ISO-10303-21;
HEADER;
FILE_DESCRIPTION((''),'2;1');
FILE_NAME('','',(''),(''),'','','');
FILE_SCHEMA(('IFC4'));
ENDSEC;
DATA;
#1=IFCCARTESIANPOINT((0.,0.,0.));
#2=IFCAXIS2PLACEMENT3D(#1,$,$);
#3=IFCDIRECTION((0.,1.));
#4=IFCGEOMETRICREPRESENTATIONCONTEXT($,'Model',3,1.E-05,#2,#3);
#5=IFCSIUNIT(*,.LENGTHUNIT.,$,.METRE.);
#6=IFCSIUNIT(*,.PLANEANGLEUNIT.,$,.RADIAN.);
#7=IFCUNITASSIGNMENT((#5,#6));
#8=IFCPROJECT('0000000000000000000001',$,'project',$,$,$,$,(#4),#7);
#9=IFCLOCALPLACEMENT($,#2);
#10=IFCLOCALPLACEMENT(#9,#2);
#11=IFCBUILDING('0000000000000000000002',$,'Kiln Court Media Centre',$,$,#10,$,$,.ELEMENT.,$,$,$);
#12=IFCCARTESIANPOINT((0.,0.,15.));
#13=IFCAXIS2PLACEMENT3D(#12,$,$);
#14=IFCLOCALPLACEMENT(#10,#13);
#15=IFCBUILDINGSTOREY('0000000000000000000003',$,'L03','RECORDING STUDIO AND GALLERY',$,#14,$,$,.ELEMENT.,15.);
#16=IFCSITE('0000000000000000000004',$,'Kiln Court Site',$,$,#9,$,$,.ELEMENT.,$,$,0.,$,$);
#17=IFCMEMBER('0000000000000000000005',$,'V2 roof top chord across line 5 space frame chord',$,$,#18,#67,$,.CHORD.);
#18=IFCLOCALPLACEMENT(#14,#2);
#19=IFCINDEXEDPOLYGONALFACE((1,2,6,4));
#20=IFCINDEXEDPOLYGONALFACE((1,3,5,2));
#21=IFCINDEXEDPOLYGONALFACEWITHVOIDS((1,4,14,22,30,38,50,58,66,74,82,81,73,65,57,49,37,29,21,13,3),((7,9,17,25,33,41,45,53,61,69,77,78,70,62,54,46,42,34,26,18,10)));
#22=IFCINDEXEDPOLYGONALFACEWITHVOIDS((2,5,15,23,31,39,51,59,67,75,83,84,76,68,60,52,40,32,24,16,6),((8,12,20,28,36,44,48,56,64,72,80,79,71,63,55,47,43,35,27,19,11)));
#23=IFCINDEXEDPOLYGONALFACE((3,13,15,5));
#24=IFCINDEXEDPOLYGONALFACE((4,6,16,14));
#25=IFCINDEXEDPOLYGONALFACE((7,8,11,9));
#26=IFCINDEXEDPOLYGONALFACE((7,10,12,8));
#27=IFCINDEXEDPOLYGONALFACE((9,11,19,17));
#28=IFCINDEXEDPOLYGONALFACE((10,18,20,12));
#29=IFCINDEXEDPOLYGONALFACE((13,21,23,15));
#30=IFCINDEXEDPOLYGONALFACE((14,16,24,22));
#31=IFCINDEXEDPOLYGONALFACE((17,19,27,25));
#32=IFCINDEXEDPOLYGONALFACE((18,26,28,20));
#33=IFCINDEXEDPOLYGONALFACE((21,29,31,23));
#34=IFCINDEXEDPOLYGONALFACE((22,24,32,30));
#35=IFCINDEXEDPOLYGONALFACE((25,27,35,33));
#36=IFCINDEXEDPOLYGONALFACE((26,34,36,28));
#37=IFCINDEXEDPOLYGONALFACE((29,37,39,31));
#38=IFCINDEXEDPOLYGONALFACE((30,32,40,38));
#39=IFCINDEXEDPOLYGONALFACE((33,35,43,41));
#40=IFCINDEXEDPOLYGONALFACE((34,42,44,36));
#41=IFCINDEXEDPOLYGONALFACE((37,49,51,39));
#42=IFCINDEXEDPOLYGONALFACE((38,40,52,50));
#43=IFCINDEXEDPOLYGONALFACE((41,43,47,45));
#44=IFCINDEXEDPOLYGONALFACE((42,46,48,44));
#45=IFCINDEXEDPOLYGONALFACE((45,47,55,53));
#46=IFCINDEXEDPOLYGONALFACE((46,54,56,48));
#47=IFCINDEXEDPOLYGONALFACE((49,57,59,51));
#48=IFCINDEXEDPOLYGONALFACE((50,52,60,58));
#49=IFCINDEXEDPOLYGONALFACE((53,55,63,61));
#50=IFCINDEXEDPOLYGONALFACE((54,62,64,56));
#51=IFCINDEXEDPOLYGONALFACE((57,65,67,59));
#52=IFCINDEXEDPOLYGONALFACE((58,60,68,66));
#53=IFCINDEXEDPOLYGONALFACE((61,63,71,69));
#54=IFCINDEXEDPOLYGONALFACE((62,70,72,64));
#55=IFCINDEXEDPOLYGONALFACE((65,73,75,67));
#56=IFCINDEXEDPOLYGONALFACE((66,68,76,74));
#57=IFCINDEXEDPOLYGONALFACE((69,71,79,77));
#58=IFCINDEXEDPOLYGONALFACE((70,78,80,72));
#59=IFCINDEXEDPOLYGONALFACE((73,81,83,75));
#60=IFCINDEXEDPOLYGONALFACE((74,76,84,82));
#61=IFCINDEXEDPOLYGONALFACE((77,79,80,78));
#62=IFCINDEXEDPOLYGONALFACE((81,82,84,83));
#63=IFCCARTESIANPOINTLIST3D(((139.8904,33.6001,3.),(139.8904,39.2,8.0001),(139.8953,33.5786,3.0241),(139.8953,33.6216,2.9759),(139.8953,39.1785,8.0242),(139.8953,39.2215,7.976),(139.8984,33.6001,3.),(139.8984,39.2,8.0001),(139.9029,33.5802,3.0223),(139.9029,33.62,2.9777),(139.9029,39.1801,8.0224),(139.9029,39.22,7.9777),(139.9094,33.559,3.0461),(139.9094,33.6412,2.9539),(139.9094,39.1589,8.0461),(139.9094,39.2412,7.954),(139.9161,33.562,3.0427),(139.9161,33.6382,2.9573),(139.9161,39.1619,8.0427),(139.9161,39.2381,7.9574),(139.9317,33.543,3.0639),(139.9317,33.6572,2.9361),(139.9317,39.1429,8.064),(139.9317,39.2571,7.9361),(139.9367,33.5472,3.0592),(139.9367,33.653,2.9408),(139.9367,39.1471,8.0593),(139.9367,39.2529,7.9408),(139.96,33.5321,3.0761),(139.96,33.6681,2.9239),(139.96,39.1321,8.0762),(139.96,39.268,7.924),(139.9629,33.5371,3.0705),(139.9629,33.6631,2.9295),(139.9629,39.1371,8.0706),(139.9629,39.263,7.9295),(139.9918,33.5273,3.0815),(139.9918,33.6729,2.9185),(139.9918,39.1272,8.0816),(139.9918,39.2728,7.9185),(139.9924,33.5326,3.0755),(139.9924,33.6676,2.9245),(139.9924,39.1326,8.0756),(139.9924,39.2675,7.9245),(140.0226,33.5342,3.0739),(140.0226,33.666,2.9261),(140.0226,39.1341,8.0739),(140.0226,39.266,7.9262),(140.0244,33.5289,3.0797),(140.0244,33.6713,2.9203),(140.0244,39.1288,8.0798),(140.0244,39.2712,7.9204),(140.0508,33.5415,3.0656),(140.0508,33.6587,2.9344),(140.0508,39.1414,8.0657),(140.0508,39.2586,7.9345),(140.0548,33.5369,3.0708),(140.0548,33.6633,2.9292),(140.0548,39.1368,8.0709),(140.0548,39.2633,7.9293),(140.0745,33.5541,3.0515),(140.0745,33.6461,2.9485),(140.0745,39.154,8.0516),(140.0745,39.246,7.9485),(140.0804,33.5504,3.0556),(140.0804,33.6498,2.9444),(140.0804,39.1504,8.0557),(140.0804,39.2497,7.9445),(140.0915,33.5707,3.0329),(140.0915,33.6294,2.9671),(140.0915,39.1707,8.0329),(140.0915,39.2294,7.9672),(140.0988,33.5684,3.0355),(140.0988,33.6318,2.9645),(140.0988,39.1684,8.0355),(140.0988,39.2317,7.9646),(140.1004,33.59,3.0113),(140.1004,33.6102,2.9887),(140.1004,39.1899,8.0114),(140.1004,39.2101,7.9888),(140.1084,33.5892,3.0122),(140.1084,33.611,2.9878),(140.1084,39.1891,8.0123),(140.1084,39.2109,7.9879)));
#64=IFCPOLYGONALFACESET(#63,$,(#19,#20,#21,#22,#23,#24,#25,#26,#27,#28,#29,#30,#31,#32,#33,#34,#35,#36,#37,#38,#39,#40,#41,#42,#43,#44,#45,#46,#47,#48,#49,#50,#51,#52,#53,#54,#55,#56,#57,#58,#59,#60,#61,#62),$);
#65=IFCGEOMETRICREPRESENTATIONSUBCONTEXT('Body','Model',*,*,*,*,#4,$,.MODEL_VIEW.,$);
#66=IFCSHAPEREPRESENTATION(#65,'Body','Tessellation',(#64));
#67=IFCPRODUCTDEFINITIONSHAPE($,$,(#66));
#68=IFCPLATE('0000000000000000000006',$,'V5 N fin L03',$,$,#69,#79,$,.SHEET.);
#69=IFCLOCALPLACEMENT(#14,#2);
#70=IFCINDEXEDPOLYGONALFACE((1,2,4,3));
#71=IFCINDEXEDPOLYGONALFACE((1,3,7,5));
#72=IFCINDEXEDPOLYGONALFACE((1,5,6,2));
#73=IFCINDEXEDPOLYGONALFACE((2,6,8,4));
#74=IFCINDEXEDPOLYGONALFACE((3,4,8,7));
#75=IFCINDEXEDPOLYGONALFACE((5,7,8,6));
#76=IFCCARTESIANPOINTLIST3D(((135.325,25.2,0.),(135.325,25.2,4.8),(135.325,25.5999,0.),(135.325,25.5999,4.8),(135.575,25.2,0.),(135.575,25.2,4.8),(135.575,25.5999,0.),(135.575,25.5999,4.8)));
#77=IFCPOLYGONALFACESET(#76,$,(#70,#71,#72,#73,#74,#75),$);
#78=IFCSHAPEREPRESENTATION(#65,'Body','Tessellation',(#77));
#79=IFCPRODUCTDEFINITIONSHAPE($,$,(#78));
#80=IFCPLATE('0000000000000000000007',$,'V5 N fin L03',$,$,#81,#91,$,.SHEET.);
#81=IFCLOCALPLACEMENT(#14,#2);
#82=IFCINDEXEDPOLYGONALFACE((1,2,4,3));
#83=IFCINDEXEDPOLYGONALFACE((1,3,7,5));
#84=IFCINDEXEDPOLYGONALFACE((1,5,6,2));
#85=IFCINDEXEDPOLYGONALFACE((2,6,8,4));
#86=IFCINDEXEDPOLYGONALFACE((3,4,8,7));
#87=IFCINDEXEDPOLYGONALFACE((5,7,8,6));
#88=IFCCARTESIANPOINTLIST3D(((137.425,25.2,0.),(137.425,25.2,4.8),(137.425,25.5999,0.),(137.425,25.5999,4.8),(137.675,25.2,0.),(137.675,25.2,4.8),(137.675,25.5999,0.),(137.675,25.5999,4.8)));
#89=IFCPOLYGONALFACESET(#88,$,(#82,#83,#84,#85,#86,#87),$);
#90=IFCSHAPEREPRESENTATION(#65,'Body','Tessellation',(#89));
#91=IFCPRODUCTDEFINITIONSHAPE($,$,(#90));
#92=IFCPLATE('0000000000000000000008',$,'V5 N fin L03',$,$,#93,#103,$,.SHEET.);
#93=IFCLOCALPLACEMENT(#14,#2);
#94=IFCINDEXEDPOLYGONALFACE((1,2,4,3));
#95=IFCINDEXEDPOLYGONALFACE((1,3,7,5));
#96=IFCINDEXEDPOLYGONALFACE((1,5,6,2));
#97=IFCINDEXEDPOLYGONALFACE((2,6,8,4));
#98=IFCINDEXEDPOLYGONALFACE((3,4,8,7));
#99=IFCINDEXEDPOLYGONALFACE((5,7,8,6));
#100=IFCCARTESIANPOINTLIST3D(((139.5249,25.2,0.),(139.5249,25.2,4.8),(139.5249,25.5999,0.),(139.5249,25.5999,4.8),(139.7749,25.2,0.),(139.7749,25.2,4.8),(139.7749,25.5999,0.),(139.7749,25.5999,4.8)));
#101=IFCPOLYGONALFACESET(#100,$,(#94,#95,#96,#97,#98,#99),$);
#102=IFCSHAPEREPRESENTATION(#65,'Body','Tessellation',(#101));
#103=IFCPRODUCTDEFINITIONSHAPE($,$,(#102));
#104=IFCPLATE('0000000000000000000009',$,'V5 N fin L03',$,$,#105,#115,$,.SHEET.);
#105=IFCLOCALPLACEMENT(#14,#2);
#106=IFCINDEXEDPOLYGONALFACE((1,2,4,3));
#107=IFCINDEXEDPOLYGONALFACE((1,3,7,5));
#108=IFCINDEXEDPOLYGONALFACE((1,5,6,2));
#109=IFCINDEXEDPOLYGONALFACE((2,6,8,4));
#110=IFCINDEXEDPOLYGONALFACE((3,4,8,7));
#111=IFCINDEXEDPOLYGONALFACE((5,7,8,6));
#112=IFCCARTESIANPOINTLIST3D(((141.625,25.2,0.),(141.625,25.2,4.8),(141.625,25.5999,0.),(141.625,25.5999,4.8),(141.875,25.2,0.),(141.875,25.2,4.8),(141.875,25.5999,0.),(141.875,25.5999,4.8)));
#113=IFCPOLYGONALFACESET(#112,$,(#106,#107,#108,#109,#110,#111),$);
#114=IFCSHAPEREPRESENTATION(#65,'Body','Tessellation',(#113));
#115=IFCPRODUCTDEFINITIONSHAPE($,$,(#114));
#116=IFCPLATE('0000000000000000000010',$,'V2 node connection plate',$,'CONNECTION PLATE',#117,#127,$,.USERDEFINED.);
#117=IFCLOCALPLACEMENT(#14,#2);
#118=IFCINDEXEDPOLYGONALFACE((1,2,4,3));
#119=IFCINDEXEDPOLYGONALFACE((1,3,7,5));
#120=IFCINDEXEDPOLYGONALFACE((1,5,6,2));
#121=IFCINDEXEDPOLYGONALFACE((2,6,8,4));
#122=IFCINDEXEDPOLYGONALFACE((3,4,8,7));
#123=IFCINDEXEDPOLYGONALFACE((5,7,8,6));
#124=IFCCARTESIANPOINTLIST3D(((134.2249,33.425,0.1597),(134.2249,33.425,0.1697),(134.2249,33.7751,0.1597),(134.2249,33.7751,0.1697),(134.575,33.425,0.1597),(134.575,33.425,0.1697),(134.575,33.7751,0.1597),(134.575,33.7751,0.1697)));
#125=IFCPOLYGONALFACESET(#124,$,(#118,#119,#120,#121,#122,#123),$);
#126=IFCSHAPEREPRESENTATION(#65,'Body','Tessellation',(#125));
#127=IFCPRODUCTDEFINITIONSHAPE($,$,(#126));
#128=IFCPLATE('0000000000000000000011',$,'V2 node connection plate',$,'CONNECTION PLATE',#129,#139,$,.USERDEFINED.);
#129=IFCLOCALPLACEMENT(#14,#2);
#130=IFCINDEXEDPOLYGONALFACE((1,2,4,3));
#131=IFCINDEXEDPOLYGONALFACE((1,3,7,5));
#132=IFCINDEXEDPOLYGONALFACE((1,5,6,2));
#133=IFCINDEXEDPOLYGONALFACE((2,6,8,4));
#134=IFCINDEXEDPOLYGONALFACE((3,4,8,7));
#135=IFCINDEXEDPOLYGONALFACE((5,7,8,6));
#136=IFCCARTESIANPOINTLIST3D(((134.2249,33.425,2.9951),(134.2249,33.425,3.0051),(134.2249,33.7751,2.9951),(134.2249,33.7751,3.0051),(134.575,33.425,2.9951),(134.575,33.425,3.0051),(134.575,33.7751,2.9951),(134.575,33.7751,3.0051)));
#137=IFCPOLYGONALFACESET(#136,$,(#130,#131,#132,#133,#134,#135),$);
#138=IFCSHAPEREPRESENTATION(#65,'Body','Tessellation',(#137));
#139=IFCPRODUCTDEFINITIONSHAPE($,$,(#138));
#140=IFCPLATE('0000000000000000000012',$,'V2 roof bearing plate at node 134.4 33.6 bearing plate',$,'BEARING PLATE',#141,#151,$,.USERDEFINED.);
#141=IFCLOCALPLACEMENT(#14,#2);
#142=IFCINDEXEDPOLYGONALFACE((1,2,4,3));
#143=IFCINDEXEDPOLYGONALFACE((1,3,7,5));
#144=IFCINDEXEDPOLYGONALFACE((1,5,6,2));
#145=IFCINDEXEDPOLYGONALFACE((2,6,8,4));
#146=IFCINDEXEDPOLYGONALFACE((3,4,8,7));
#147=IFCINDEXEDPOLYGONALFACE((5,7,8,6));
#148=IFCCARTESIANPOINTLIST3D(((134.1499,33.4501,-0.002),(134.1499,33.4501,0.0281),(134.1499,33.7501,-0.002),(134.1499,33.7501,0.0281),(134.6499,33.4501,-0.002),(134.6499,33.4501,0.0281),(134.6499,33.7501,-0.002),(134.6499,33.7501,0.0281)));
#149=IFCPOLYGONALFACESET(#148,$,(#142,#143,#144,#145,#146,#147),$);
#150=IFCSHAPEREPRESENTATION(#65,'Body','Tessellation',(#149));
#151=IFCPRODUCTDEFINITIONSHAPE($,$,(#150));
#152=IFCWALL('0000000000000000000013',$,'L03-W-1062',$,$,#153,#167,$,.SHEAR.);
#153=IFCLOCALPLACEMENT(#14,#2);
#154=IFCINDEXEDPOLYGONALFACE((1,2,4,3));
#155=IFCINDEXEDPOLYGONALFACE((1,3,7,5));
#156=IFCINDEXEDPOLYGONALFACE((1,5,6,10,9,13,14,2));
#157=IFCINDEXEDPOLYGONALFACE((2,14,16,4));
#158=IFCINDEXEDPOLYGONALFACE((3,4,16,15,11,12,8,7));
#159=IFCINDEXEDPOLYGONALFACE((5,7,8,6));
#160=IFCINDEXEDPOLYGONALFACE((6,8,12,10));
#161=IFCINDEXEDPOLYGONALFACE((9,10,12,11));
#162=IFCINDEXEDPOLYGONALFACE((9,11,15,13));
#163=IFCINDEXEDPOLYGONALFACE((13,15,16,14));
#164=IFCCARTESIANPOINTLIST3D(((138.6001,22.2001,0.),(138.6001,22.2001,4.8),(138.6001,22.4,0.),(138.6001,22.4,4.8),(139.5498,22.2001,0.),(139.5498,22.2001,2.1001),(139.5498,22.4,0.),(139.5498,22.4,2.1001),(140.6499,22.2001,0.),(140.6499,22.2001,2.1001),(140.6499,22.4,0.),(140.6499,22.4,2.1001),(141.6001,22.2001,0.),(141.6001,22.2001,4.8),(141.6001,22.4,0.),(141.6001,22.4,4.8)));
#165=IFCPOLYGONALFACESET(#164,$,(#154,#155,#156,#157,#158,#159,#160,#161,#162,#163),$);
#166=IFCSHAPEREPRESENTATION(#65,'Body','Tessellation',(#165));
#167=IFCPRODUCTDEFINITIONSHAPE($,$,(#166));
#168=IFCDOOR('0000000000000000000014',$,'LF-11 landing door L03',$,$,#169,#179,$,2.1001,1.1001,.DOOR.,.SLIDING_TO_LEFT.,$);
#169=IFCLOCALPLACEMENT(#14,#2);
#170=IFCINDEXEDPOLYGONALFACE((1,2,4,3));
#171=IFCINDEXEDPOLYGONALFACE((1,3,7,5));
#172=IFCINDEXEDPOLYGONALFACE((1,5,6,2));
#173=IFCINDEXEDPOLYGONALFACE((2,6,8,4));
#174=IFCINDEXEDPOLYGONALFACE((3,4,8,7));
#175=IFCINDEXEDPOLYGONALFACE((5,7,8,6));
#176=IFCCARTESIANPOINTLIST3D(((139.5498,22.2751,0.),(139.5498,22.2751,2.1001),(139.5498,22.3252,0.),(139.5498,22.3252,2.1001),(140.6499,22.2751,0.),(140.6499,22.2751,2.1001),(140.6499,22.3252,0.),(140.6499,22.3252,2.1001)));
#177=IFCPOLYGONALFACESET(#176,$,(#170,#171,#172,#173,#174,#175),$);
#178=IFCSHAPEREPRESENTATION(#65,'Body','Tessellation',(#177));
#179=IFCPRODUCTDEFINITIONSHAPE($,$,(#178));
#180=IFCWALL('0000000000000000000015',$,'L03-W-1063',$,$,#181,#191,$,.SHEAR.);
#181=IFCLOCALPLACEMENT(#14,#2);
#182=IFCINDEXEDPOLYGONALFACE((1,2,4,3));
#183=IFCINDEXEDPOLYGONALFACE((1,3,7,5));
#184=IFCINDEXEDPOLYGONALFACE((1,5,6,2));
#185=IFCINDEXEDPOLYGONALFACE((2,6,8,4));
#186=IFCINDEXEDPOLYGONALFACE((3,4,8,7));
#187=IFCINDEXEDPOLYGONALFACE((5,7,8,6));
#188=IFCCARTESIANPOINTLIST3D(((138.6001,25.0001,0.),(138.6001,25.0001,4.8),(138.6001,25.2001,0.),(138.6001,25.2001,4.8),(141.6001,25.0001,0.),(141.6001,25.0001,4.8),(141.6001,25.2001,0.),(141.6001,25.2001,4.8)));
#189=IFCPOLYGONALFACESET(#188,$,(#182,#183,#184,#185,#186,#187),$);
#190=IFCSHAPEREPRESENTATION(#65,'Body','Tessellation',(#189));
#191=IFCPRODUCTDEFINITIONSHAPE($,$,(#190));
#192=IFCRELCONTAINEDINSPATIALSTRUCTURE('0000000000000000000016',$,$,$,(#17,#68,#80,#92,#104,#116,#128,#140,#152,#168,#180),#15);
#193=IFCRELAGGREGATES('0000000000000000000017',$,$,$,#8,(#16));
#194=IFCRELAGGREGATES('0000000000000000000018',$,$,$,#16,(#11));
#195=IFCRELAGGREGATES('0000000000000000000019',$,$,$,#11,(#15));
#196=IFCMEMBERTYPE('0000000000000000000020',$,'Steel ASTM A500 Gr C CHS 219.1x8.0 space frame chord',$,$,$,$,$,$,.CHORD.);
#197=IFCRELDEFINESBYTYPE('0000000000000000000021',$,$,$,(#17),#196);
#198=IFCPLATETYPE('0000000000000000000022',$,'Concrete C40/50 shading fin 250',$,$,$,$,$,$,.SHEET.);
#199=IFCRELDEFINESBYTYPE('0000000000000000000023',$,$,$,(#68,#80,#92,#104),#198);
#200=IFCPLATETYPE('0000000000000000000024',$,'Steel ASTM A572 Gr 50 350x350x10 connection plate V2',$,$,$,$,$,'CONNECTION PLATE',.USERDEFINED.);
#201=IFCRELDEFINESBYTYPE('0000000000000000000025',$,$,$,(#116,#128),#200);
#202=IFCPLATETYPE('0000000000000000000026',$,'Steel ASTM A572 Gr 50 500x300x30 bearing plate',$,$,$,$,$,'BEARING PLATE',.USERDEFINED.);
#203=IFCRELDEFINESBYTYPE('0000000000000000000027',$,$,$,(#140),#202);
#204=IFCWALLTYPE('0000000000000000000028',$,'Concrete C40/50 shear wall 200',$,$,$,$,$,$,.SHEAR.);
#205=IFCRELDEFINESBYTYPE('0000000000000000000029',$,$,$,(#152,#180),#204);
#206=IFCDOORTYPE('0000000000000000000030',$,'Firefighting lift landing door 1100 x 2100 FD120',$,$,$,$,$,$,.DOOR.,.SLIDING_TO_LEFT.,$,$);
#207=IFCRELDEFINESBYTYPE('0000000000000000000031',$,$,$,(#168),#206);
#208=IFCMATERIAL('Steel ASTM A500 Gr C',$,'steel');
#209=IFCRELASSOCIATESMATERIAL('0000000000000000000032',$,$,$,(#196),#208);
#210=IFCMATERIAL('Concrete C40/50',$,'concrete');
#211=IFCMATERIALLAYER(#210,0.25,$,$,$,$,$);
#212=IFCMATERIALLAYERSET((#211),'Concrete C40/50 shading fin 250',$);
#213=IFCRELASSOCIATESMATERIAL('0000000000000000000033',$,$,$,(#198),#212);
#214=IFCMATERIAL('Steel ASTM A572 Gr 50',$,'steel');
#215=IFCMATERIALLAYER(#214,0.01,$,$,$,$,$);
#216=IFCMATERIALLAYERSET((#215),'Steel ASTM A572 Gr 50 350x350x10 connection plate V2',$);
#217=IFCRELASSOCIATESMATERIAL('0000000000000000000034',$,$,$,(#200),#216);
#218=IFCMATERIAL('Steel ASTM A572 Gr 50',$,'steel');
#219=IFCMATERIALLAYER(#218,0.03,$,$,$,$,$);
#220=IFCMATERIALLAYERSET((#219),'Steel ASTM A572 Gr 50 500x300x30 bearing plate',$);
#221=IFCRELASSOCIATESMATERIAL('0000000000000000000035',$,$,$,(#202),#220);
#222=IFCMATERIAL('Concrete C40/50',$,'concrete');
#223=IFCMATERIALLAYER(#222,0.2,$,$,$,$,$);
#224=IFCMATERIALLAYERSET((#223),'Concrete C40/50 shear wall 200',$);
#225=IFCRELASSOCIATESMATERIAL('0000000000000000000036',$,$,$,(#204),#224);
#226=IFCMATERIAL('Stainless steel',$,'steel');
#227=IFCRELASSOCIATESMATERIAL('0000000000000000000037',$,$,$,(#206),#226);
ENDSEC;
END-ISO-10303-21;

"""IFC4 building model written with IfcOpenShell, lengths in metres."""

from ifc_helpers import new_model, si_unit, direction, frame, frame_2d, origin, origin_2d, place, context, subcontext, project, spatial, rectangle, hollow_circle, extrude, material, layer, layer_set, material_profile, profile_set, type_object, element, fill, save


model = new_model("IFC4")

# Units and contexts
model_context = context("Model", 3, precision=1e-05, world=origin(), true_north=direction((0.0, 1.0)))
body_context = subcontext(model_context, "Body", "Model", "MODEL_VIEW")
ifc_project = project(units=[si_unit("LENGTHUNIT", "METRE"), si_unit("PLANEANGLEUNIT", "RADIAN")], contexts=[model_context])

# Site, building, storey
site_placement = place(None, origin())
site = spatial("IfcSite", under=ifc_project, at=site_placement, Name="Kiln Court Site", CompositionType="ELEMENT", RefElevation=0.0)
building_placement = place(site_placement, origin())
building = spatial("IfcBuilding", under=site, at=building_placement, Name="Kiln Court Media Centre", CompositionType="ELEMENT")
storey_placement = place(building_placement, frame((0.0, 0.0, 15.0)))
storey = spatial("IfcBuildingStorey", under=building, at=storey_placement, Name="L03", Description="RECORDING STUDIO AND GALLERY", CompositionType="ELEMENT", Elevation=15.0)

# Member
ifc_material_1 = material(Name="Steel ASTM A500 Gr C", Category="steel")
ifc_material_profile_1 = material_profile(ifc_material_1, hollow_circle(Radius=0.1096, WallThickness=0.0081, at=origin_2d()), Name="CHS 219.1x8.0")
ifc_profile_set_1 = profile_set([ifc_material_profile_1], Name="Steel ASTM A500 Gr C")
member_type_1 = type_object("IfcMemberType", Name="Steel ASTM A500 Gr C CHS 219.1x8.0 space frame chord", PredefinedType="CHORD", material=ifc_profile_set_1)
member_placement = place(storey_placement, frame((140.0, 33.6001, 3.0), z_axis=(0.0, 0.745929, 0.666025), x_axis=(-1.0, 0.0, 0.0)))
element("IfcMember", 1, at=member_placement, inside=storey, type_object=member_type_1, Name="V2 roof top chord across line 5 space frame chord", PredefinedType="CHORD", context=body_context, shape_type="SweptSolid", body=[
    extrude(hollow_circle(Radius=0.1096, WallThickness=0.0081, at=origin_2d()), origin(), (0.0, 0.0, 1.0), 7.5073),
])

# Plates
ifc_material_2 = material(Name="Concrete C40/50", Category="concrete")
ifc_layer_1 = layer(ifc_material_2, 0.25)
ifc_layer_set_1 = layer_set([ifc_layer_1], Name="Concrete C40/50 shading fin 250")
plate_type_1 = type_object("IfcPlateType", Name="Concrete C40/50 shading fin 250", PredefinedType="SHEET", material=ifc_layer_set_1)
for number, where, z_axis, x_axis, name in (
    (2, (135.45, 25.3999, 0.0), (0.0, 0.0, 1.0), (1.0, 0.0, 0.0), "V5 N fin L03"),
    (3, (137.55, 25.3999, 0.0), (0.0, 0.0, 1.0), (1.0, 0.0, 0.0), "V5 N fin L03"),
    (4, (139.6499, 25.3999, 0.0), (0.0, 0.0, 1.0), (1.0, 0.0, 0.0), "V5 N fin L03"),
    (5, (141.75, 25.3999, 0.0), (0.0, 0.0, 1.0), (1.0, 0.0, 0.0), "V5 N fin L03"),
):
    element("IfcPlate", number, at=place(storey_placement, frame(where, z_axis=z_axis, x_axis=x_axis)), inside=storey, type_object=plate_type_1, Name=name, PredefinedType="SHEET", context=body_context, shape_type="SweptSolid", body=[
        extrude(rectangle(XDim=0.25, YDim=0.3999, at=origin_2d()), origin(), (0.0, 0.0, 1.0), 4.8),
    ])
ifc_material_3 = material(Name="Steel ASTM A572 Gr 50", Category="steel")
ifc_layer_2 = layer(ifc_material_3, 0.01)
ifc_layer_set_2 = layer_set([ifc_layer_2], Name="Steel ASTM A572 Gr 50 350x350x10 connection plate V2")
plate_type_2 = type_object("IfcPlateType", Name="Steel ASTM A572 Gr 50 350x350x10 connection plate V2", ElementType="CONNECTION PLATE", PredefinedType="USERDEFINED", material=ifc_layer_set_2)
for number, where, z_axis, x_axis, name in (
    (6, (134.3999, 33.6001, 0.1597), (0.0, 0.0, 1.0), (1.0, 0.0, 0.0), "V2 node connection plate"),
    (7, (134.3999, 33.6001, 2.9951), (0.0, 0.0, 1.0), (1.0, 0.0, 0.0), "V2 node connection plate"),
):
    element("IfcPlate", number, at=place(storey_placement, frame(where, z_axis=z_axis, x_axis=x_axis)), inside=storey, type_object=plate_type_2, Name=name, ObjectType="CONNECTION PLATE", PredefinedType="USERDEFINED", context=body_context, shape_type="SweptSolid", body=[
        extrude(rectangle(XDim=0.3501, YDim=0.3501, at=origin_2d()), origin(), (0.0, 0.0, 1.0), 0.01),
    ])
ifc_material_4 = material(Name="Steel ASTM A572 Gr 50", Category="steel")
ifc_layer_3 = layer(ifc_material_4, 0.03)
ifc_layer_set_3 = layer_set([ifc_layer_3], Name="Steel ASTM A572 Gr 50 500x300x30 bearing plate")
plate_type_3 = type_object("IfcPlateType", Name="Steel ASTM A572 Gr 50 500x300x30 bearing plate", ElementType="BEARING PLATE", PredefinedType="USERDEFINED", material=ifc_layer_set_3)
plate_placement = place(storey_placement, frame((134.3999, 33.6001, -0.002), z_axis=(0.0, 0.0, 1.0), x_axis=(1.0, 0.0, 0.0)))
element("IfcPlate", 8, at=plate_placement, inside=storey, type_object=plate_type_3, Name="V2 roof bearing plate at node 134.4 33.6 bearing plate", ObjectType="BEARING PLATE", PredefinedType="USERDEFINED", context=body_context, shape_type="SweptSolid", body=[
    extrude(rectangle(XDim=0.5, YDim=0.3, at=origin_2d()), origin(), (0.0, 0.0, 1.0), 0.03),
])

# Wall, opening, door
ifc_material_5 = material(Name="Concrete C40/50", Category="concrete")
ifc_layer_4 = layer(ifc_material_5, 0.2)
ifc_layer_set_4 = layer_set([ifc_layer_4], Name="Concrete C40/50 shear wall 200")
wall_type = type_object("IfcWallType", Name="Concrete C40/50 shear wall 200", PredefinedType="SHEAR", material=ifc_layer_set_4)
wall_1_placement = place(storey_placement, frame((141.6001, 22.3, 0.0), z_axis=(0.0, 0.0, 1.0), x_axis=(-1.0, 0.0, 0.0)))
wall_1 = element("IfcWall", 9, at=wall_1_placement, inside=storey, type_object=wall_type, Name="L03-W-1062", PredefinedType="SHEAR", context=body_context, shape_type="SweptSolid", body=[
    extrude(rectangle(XDim=3.0, YDim=0.2, at=frame_2d((1.5, 0.0))), origin(), (0.0, 0.0, 1.0), 4.8),
])
opening_placement = place(wall_1_placement, frame((0.9502, 0.0, 0.0)))
opening = element("IfcOpeningElement", 10, at=opening_placement, cuts=wall_1, PredefinedType="OPENING", context=body_context, shape_type="SweptSolid", body=[
    extrude(rectangle(XDim=1.1001, YDim=2.1001, at=frame_2d((0.55, 1.05))), frame((0.0, 0.1099, 0.0), z_axis=(0.0, -1.0, 0.0), x_axis=(1.0, 0.0, 0.0)), (0.0, 0.0, 1.0), 0.22),
])
ifc_material_6 = material(Name="Stainless steel", Category="steel")
door_type = type_object("IfcDoorType", Name="Firefighting lift landing door 1100 x 2100 FD120", OperationType="SLIDING_TO_LEFT", PredefinedType="DOOR", material=ifc_material_6)
door_placement = place(opening_placement, origin())
door = element("IfcDoor", 11, at=door_placement, inside=storey, type_object=door_type, Name="LF-11 landing door L03", OperationType="SLIDING_TO_LEFT", OverallHeight=2.1001, OverallWidth=1.1001, PredefinedType="DOOR", context=body_context, shape_type="SweptSolid", body=[
    extrude(rectangle(XDim=1.1001, YDim=2.1001, at=frame_2d((0.55, 1.05))), frame((0.0, 0.0249, 0.0), z_axis=(0.0, -1.0, 0.0), x_axis=(1.0, 0.0, 0.0)), (0.0, 0.0, 1.0), 0.05),
])
fill(opening, door)

# Wall
wall_2_placement = place(storey_placement, frame((138.6001, 25.1001, 0.0), z_axis=(0.0, 0.0, 1.0), x_axis=(1.0, 0.0, 0.0)))
element("IfcWall", 12, at=wall_2_placement, inside=storey, type_object=wall_type, Name="L03-W-1063", PredefinedType="SHEAR", context=body_context, shape_type="SweptSolid", body=[
    extrude(rectangle(XDim=3.0, YDim=0.2, at=frame_2d((1.5, 0.0))), origin(), (0.0, 0.0, 1.0), 4.8),
])

save(model, "model.ifc")
